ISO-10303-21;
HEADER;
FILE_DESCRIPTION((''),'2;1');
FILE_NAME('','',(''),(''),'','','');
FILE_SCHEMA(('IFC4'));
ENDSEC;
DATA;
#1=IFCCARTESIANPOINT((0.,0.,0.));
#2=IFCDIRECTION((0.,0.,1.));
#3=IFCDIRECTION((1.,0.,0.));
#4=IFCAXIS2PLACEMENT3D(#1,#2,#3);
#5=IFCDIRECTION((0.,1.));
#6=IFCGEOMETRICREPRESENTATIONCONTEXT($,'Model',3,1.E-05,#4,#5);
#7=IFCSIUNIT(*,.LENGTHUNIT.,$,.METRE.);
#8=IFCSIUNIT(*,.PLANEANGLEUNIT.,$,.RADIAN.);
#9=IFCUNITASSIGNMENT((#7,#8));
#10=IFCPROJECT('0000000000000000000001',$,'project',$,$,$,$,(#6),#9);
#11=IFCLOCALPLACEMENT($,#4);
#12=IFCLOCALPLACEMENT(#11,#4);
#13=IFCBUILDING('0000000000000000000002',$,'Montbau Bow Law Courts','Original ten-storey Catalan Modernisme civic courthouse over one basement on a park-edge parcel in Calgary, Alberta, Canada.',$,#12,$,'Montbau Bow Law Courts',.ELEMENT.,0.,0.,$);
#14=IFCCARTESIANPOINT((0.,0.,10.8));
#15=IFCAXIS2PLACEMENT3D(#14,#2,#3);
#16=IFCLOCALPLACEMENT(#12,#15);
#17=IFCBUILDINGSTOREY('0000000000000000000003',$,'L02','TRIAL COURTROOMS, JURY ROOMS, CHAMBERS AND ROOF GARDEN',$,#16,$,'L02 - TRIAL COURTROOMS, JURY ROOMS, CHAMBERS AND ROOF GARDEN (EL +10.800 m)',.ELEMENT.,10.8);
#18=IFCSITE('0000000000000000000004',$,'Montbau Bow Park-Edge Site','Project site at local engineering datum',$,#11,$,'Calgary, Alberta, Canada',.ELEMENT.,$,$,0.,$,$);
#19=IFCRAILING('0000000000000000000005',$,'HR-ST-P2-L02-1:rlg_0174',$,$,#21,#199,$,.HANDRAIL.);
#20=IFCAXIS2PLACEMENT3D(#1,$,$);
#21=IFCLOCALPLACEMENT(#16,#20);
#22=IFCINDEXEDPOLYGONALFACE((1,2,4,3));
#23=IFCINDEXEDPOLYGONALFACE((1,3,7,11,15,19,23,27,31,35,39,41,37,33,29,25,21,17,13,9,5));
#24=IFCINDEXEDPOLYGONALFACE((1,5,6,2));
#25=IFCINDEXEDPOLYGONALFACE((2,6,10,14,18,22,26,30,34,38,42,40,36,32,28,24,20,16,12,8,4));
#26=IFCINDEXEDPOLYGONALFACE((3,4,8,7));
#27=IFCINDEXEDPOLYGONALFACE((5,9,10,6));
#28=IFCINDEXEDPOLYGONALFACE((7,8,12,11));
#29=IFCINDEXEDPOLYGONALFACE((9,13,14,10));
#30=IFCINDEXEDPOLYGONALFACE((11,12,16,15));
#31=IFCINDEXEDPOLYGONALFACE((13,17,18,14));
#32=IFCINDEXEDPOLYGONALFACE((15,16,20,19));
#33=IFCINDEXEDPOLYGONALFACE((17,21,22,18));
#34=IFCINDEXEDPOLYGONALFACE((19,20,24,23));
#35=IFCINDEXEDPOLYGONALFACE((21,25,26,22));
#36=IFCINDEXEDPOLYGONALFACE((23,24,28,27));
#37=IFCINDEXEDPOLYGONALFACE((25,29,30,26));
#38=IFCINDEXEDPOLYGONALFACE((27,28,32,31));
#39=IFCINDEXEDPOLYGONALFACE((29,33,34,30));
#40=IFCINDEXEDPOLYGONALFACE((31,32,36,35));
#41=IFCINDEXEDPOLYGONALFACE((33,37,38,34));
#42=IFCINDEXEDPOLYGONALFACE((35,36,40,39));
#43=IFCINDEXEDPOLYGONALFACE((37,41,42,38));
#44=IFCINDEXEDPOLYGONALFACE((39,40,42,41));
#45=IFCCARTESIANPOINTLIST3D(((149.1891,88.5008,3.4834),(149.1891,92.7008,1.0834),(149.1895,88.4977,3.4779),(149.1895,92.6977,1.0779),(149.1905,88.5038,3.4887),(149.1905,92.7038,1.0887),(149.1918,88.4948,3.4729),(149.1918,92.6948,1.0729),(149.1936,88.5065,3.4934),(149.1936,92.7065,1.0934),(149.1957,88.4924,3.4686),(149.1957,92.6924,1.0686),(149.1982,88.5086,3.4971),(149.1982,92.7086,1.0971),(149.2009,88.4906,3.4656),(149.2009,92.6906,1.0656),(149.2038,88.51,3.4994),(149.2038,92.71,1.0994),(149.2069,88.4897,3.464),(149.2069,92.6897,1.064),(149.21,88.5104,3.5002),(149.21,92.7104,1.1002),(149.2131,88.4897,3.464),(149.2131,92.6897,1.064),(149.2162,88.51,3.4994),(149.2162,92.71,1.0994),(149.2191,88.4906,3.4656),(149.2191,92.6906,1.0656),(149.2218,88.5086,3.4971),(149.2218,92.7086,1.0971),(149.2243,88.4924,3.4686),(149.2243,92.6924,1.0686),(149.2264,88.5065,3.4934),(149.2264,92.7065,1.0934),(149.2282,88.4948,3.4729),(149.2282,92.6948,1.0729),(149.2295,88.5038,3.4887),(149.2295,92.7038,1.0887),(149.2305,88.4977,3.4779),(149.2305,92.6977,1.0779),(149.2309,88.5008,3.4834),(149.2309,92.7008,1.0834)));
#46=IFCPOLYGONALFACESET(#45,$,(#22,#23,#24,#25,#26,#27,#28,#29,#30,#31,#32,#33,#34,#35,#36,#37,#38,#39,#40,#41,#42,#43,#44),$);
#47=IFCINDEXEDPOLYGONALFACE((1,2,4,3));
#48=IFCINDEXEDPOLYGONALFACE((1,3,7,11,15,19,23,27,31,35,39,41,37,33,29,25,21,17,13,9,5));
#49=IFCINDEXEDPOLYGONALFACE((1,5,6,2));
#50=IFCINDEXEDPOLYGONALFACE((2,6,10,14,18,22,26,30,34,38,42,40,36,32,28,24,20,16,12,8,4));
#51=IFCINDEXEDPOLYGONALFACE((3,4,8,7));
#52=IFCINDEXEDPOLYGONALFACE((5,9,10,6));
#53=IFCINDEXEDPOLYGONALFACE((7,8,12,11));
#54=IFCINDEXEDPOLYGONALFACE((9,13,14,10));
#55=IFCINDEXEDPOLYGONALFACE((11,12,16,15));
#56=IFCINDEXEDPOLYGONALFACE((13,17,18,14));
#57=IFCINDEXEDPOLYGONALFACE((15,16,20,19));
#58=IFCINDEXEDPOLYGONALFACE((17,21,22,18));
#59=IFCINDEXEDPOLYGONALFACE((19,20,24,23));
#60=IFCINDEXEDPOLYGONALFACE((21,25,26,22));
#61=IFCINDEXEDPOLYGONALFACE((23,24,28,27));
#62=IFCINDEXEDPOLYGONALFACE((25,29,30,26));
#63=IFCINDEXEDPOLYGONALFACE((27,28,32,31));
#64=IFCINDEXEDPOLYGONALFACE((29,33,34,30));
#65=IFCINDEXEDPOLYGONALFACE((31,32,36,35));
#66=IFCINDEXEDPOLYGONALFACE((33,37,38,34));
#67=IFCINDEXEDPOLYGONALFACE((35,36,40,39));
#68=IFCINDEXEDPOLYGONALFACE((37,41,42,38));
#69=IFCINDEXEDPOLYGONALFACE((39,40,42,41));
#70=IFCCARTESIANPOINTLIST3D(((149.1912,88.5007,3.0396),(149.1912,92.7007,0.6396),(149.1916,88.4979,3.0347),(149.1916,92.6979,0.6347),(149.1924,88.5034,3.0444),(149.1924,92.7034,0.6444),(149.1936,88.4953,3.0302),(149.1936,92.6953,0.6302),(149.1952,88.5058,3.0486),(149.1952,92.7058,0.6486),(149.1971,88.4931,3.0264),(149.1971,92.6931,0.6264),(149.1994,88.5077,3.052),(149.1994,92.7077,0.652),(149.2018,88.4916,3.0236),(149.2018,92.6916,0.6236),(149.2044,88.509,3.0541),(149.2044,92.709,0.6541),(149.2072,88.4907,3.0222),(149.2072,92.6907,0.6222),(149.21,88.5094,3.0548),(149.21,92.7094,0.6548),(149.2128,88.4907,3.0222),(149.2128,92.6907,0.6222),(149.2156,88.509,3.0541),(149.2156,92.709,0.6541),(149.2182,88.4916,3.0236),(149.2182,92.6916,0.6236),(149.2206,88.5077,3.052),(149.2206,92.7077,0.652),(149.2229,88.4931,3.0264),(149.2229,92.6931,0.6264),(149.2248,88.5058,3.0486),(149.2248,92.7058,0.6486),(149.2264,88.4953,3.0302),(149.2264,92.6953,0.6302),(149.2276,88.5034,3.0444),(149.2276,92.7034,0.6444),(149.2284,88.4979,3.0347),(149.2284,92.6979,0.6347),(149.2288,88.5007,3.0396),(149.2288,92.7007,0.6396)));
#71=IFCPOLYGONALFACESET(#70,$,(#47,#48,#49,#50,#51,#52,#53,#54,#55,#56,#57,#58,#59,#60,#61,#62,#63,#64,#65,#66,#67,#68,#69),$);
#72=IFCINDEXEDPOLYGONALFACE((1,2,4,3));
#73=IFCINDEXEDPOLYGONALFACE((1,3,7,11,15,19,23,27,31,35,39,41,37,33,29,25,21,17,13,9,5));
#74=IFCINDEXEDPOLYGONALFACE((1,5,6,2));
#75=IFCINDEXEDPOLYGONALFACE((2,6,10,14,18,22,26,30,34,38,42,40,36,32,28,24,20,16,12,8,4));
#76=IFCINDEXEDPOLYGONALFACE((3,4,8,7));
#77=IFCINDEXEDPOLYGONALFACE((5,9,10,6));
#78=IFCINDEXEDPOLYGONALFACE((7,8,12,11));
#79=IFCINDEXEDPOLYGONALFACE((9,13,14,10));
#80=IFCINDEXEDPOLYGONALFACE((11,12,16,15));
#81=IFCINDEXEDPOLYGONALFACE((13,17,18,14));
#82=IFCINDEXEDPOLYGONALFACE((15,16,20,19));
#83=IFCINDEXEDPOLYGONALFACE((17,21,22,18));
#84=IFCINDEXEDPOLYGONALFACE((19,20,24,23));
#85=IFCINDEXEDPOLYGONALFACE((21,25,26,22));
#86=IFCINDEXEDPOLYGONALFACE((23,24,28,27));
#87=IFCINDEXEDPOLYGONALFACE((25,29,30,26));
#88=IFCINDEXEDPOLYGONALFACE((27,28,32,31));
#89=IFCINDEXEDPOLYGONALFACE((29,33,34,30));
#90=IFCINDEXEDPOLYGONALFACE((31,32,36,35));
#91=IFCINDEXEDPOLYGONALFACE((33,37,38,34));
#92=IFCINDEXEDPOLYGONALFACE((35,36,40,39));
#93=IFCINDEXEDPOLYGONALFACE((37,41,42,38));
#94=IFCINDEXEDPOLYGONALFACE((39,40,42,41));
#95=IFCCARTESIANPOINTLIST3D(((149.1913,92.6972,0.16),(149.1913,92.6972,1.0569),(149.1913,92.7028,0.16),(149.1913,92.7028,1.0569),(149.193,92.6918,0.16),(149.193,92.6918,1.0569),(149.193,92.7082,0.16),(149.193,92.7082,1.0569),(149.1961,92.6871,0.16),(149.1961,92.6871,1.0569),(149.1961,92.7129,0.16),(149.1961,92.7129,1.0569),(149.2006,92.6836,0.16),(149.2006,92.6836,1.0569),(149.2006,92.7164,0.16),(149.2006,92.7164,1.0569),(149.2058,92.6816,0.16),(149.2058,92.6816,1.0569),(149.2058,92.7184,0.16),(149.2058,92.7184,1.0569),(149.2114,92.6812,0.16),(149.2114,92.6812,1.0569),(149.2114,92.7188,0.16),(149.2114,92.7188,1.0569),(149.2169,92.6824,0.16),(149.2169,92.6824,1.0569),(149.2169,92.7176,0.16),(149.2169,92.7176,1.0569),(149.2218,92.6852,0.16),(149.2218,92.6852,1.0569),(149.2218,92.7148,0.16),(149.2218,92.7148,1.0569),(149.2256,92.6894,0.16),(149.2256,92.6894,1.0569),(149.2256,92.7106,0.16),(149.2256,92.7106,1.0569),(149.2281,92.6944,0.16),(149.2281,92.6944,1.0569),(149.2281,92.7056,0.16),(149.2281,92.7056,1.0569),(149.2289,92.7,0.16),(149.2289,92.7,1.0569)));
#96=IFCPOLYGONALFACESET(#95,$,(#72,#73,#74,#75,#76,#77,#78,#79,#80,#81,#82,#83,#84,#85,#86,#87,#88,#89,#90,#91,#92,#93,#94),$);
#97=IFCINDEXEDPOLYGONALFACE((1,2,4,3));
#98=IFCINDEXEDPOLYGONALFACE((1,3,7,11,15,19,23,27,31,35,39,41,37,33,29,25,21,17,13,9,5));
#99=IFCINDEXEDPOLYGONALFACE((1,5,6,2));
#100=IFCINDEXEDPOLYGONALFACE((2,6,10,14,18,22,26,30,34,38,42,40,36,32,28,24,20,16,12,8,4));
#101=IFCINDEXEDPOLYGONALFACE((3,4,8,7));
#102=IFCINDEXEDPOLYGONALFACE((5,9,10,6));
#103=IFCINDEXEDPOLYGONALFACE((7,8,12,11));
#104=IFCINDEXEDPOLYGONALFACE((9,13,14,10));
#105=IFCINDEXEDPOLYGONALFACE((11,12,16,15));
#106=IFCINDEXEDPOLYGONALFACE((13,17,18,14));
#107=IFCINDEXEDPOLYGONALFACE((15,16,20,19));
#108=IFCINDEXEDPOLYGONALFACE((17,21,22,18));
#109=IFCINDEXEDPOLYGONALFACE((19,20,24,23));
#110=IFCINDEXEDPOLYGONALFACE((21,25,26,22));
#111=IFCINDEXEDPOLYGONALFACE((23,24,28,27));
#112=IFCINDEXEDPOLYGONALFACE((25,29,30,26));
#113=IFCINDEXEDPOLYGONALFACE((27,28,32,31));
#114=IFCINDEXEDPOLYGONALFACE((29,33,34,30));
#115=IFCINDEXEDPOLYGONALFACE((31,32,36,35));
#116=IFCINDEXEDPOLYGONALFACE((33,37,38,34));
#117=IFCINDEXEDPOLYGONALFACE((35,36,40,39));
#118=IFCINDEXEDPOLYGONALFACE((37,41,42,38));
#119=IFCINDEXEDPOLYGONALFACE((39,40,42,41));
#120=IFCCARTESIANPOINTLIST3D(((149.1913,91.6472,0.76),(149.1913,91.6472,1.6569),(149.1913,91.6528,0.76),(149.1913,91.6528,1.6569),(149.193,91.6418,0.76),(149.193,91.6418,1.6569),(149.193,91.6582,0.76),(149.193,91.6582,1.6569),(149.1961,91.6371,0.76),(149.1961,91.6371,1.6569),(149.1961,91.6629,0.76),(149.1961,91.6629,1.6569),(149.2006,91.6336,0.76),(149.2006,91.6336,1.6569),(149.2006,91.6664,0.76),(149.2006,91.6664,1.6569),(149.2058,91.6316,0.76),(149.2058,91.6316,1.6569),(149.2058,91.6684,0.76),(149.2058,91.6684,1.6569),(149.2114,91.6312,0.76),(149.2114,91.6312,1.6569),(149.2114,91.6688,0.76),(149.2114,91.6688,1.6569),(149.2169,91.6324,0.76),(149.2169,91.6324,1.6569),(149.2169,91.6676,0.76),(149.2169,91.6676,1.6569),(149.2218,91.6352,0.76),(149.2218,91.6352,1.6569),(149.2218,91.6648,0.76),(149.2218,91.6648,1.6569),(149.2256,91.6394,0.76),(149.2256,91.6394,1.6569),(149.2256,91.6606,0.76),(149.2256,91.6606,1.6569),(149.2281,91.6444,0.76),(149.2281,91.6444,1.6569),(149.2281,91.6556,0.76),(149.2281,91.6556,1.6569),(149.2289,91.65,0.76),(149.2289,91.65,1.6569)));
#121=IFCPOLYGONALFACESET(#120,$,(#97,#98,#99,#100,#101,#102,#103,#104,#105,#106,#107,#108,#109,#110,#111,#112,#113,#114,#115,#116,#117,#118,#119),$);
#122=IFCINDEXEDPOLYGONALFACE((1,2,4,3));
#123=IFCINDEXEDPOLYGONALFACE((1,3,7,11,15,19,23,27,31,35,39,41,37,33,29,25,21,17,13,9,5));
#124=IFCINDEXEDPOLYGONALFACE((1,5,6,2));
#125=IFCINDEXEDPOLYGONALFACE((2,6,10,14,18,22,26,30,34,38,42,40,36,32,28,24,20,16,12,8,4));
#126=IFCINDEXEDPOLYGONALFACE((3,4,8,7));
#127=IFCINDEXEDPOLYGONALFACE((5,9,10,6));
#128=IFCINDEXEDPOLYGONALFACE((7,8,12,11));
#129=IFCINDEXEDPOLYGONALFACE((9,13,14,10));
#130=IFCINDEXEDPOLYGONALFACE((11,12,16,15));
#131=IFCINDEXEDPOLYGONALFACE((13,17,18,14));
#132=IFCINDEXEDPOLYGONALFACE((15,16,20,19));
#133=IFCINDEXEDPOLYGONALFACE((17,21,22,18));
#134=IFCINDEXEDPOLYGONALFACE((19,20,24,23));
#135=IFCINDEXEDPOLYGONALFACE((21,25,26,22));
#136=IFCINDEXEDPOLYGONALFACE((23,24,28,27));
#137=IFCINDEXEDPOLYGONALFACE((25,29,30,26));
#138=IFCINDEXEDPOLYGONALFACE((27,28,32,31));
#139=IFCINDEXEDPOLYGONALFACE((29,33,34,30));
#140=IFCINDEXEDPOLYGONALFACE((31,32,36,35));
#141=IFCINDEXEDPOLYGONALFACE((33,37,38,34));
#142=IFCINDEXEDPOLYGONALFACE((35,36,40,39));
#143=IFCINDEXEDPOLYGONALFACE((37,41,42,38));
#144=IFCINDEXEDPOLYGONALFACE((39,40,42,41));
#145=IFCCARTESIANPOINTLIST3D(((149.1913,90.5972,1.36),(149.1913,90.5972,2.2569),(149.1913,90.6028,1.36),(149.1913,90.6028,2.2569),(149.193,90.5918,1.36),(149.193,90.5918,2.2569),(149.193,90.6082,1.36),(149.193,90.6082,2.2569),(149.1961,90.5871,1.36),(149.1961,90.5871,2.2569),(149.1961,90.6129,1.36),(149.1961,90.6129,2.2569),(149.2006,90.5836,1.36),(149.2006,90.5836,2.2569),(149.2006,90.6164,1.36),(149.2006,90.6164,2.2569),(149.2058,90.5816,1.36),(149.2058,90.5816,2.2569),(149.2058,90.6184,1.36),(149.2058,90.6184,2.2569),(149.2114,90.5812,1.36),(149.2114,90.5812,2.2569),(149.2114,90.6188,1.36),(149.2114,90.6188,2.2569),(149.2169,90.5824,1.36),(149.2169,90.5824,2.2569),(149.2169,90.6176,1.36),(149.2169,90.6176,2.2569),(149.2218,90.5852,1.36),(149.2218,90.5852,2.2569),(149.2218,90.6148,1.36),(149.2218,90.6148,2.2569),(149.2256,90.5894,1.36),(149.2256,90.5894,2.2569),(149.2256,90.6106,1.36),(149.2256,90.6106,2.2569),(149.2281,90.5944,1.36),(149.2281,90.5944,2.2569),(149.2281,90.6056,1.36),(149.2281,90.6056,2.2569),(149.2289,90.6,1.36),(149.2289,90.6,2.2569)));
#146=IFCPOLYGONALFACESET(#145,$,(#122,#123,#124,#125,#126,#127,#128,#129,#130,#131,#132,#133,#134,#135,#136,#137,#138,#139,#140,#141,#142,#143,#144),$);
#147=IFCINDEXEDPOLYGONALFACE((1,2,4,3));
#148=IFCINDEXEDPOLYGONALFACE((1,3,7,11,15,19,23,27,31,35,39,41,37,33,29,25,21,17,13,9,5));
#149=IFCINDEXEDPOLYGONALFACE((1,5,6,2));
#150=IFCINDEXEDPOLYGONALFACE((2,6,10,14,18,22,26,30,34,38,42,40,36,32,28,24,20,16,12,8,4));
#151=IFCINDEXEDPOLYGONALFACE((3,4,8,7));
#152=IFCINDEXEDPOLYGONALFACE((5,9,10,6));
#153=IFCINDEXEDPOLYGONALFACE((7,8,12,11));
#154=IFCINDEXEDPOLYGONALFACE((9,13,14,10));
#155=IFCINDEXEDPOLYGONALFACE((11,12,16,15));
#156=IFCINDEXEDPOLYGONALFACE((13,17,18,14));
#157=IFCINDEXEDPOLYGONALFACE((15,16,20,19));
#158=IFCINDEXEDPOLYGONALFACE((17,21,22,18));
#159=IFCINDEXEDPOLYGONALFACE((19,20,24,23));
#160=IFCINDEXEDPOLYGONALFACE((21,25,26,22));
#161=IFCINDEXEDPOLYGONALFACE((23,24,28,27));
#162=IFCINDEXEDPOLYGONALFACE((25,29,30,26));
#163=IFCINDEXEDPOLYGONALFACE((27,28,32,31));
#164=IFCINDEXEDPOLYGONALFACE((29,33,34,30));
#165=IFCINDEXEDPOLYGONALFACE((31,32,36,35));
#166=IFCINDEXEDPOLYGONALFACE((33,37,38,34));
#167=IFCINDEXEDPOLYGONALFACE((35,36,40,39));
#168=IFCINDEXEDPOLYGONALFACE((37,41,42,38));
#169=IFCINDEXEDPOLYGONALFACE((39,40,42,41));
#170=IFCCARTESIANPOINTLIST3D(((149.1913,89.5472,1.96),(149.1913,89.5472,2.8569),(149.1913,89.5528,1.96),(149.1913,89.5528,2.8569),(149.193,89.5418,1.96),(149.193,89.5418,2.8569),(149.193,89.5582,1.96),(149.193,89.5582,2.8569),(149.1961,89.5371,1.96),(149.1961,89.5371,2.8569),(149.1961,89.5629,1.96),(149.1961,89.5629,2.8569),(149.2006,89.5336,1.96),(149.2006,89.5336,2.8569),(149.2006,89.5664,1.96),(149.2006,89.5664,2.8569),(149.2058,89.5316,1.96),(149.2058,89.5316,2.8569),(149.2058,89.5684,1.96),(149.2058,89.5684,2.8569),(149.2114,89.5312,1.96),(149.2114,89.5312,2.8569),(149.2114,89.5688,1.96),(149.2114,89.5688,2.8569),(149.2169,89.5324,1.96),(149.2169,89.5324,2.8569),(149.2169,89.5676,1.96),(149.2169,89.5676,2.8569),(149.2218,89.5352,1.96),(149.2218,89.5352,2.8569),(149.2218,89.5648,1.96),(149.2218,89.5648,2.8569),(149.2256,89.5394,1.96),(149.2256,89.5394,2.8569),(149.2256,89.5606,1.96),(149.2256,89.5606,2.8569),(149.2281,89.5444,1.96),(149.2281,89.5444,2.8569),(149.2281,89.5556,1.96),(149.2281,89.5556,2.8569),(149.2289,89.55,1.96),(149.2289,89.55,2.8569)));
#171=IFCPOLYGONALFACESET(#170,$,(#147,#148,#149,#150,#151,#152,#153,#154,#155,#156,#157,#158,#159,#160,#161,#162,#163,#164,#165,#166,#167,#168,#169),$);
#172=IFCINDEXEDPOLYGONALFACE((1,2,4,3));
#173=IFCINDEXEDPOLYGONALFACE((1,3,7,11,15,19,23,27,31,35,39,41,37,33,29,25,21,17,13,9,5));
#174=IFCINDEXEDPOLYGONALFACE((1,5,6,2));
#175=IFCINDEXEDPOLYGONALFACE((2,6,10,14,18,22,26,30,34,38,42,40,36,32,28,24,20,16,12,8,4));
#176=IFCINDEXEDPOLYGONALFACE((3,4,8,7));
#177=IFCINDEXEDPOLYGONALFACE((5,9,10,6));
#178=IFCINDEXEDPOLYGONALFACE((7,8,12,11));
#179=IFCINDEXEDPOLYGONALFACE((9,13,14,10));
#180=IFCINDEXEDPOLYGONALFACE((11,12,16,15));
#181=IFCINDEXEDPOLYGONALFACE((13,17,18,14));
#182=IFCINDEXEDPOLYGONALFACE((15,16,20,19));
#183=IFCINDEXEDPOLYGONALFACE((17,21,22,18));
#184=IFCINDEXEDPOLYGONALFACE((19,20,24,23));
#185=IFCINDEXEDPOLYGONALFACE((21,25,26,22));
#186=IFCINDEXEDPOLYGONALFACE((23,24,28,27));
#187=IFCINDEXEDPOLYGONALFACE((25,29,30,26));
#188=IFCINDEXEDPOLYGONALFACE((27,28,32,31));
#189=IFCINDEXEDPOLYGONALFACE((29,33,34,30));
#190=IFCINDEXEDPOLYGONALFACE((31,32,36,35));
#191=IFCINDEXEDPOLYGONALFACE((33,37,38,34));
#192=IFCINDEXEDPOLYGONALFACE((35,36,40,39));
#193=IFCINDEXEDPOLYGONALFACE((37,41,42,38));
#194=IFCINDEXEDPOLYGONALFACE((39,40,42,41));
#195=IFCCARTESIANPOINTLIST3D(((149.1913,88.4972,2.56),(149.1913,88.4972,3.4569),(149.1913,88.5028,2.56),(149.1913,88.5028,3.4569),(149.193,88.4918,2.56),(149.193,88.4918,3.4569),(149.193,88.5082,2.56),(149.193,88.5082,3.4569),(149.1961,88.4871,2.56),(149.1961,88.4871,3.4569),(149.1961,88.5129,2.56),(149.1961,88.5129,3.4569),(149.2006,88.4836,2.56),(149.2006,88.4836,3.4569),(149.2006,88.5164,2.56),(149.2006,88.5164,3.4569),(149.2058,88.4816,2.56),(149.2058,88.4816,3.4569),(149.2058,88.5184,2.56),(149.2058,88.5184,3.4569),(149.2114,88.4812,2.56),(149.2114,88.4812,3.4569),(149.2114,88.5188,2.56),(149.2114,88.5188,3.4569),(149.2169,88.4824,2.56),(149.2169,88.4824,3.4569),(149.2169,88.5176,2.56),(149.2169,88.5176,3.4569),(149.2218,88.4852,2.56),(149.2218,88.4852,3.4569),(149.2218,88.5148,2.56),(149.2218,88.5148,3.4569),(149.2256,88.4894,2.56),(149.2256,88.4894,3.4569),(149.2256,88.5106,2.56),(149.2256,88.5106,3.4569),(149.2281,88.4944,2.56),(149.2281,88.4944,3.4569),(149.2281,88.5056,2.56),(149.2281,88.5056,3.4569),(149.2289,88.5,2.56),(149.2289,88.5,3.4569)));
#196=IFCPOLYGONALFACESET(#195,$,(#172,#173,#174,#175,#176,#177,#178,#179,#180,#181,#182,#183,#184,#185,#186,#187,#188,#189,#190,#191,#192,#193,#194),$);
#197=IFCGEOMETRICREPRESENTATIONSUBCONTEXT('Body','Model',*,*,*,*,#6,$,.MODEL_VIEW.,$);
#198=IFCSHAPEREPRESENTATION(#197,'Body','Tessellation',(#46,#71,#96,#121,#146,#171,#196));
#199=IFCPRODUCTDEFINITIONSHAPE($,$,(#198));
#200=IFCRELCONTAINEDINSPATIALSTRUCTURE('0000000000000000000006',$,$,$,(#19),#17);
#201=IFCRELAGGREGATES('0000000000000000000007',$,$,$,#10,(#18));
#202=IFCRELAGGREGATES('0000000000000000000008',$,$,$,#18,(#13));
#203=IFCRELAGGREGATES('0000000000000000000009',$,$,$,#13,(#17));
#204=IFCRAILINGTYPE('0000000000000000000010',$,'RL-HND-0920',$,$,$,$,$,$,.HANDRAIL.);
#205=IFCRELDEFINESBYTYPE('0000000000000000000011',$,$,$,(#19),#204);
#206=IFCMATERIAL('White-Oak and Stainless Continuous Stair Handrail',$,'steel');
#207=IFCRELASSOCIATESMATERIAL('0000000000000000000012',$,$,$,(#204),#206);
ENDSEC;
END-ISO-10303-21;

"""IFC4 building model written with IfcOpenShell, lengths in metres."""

from ifc_helpers import new_model, si_unit, direction, frame, origin_with_axes, origin_2d_with_axis, place, context, subcontext, project, spatial, circle, extrude, material, type_object, element, save


model = new_model("IFC4")

# Units and contexts
model_context = context("Model", 3, precision=1e-05, world=origin_with_axes(), true_north=direction((0.0, 1.0)))
body_context = subcontext(model_context, "Body", "Model", "MODEL_VIEW")
ifc_project = project(units=[si_unit("LENGTHUNIT", "METRE"), si_unit("PLANEANGLEUNIT", "RADIAN")], contexts=[model_context])

# Site, building, storey
site_placement = place(None, origin_with_axes())
site = spatial("IfcSite", under=ifc_project, at=site_placement, Name="Montbau Bow Park-Edge Site", Description="Project site at local engineering datum", LongName="Calgary, Alberta, Canada", CompositionType="ELEMENT", RefElevation=0.0)
building_placement = place(site_placement, origin_with_axes())
building = spatial("IfcBuilding", under=site, at=building_placement, Name="Montbau Bow Law Courts", Description="Original ten-storey Catalan Modernisme civic courthouse over one basement on a park-edge parcel in Calgary, Alberta, Canada.", LongName="Montbau Bow Law Courts", CompositionType="ELEMENT", ElevationOfRefHeight=0.0, ElevationOfTerrain=0.0)
storey_placement = place(building_placement, frame((0.0, 0.0, 10.8), z_axis=(0.0, 0.0, 1.0), x_axis=(1.0, 0.0, 0.0)))
storey = spatial("IfcBuildingStorey", under=building, at=storey_placement, Name="L02", Description="TRIAL COURTROOMS, JURY ROOMS, CHAMBERS AND ROOF GARDEN", LongName="L02 - TRIAL COURTROOMS, JURY ROOMS, CHAMBERS AND ROOF GARDEN (EL +10.800 m)", CompositionType="ELEMENT", Elevation=10.8)

# Railing
ifc_material_1 = material(Name="White-Oak and Stainless Continuous Stair Handrail", Category="steel")
railing_type_1 = type_object("IfcRailingType", Name="RL-HND-0920", PredefinedType="HANDRAIL", material=ifc_material_1)
railing_1_placement = place(None, origin_with_axes())
element("IfcRailing", 1, at=railing_1_placement, inside=storey, type_object=railing_type_1, Name="HR-ST-P2-L02-1:rlg_0174", PredefinedType="HANDRAIL", context=body_context, shape_type="SweptSolid", body=[
    extrude(circle(Radius=0.021, at=origin_2d_with_axis()), frame((149.21, 92.7, 11.882), z_axis=(0.0, -0.868243, 0.496139), x_axis=(0.0, 0.496139, 0.868243)), (0.0, 0.0, 1.0), 4.8374),
    extrude(circle(Radius=0.0189, at=origin_2d_with_axis()), frame((149.21, 92.7, 11.4384), z_axis=(0.0, -0.868243, 0.496139), x_axis=(0.0, 0.496139, 0.868243)), (0.0, 0.0, 1.0), 4.8374),
    extrude(circle(Radius=0.0189, at=origin_2d_with_axis()), frame((149.21, 92.7, 10.96), z_axis=(0.0, 0.0, 1.0), x_axis=(1.0, 0.0, 0.0)), (0.0, 0.0, 1.0), 0.8969),
    extrude(circle(Radius=0.0189, at=origin_2d_with_axis()), frame((149.21, 91.65, 11.56), z_axis=(0.0, 0.0, 1.0), x_axis=(1.0, 0.0, 0.0)), (0.0, 0.0, 1.0), 0.8969),
    extrude(circle(Radius=0.0189, at=origin_2d_with_axis()), frame((149.21, 90.6, 12.16), z_axis=(0.0, 0.0, 1.0), x_axis=(1.0, 0.0, 0.0)), (0.0, 0.0, 1.0), 0.8969),
    extrude(circle(Radius=0.0189, at=origin_2d_with_axis()), frame((149.21, 89.55, 12.76), z_axis=(0.0, 0.0, 1.0), x_axis=(1.0, 0.0, 0.0)), (0.0, 0.0, 1.0), 0.8969),
    extrude(circle(Radius=0.0189, at=origin_2d_with_axis()), frame((149.21, 88.5, 13.36), z_axis=(0.0, 0.0, 1.0), x_axis=(1.0, 0.0, 0.0)), (0.0, 0.0, 1.0), 0.8969),
])

save(model, "model.ifc")
